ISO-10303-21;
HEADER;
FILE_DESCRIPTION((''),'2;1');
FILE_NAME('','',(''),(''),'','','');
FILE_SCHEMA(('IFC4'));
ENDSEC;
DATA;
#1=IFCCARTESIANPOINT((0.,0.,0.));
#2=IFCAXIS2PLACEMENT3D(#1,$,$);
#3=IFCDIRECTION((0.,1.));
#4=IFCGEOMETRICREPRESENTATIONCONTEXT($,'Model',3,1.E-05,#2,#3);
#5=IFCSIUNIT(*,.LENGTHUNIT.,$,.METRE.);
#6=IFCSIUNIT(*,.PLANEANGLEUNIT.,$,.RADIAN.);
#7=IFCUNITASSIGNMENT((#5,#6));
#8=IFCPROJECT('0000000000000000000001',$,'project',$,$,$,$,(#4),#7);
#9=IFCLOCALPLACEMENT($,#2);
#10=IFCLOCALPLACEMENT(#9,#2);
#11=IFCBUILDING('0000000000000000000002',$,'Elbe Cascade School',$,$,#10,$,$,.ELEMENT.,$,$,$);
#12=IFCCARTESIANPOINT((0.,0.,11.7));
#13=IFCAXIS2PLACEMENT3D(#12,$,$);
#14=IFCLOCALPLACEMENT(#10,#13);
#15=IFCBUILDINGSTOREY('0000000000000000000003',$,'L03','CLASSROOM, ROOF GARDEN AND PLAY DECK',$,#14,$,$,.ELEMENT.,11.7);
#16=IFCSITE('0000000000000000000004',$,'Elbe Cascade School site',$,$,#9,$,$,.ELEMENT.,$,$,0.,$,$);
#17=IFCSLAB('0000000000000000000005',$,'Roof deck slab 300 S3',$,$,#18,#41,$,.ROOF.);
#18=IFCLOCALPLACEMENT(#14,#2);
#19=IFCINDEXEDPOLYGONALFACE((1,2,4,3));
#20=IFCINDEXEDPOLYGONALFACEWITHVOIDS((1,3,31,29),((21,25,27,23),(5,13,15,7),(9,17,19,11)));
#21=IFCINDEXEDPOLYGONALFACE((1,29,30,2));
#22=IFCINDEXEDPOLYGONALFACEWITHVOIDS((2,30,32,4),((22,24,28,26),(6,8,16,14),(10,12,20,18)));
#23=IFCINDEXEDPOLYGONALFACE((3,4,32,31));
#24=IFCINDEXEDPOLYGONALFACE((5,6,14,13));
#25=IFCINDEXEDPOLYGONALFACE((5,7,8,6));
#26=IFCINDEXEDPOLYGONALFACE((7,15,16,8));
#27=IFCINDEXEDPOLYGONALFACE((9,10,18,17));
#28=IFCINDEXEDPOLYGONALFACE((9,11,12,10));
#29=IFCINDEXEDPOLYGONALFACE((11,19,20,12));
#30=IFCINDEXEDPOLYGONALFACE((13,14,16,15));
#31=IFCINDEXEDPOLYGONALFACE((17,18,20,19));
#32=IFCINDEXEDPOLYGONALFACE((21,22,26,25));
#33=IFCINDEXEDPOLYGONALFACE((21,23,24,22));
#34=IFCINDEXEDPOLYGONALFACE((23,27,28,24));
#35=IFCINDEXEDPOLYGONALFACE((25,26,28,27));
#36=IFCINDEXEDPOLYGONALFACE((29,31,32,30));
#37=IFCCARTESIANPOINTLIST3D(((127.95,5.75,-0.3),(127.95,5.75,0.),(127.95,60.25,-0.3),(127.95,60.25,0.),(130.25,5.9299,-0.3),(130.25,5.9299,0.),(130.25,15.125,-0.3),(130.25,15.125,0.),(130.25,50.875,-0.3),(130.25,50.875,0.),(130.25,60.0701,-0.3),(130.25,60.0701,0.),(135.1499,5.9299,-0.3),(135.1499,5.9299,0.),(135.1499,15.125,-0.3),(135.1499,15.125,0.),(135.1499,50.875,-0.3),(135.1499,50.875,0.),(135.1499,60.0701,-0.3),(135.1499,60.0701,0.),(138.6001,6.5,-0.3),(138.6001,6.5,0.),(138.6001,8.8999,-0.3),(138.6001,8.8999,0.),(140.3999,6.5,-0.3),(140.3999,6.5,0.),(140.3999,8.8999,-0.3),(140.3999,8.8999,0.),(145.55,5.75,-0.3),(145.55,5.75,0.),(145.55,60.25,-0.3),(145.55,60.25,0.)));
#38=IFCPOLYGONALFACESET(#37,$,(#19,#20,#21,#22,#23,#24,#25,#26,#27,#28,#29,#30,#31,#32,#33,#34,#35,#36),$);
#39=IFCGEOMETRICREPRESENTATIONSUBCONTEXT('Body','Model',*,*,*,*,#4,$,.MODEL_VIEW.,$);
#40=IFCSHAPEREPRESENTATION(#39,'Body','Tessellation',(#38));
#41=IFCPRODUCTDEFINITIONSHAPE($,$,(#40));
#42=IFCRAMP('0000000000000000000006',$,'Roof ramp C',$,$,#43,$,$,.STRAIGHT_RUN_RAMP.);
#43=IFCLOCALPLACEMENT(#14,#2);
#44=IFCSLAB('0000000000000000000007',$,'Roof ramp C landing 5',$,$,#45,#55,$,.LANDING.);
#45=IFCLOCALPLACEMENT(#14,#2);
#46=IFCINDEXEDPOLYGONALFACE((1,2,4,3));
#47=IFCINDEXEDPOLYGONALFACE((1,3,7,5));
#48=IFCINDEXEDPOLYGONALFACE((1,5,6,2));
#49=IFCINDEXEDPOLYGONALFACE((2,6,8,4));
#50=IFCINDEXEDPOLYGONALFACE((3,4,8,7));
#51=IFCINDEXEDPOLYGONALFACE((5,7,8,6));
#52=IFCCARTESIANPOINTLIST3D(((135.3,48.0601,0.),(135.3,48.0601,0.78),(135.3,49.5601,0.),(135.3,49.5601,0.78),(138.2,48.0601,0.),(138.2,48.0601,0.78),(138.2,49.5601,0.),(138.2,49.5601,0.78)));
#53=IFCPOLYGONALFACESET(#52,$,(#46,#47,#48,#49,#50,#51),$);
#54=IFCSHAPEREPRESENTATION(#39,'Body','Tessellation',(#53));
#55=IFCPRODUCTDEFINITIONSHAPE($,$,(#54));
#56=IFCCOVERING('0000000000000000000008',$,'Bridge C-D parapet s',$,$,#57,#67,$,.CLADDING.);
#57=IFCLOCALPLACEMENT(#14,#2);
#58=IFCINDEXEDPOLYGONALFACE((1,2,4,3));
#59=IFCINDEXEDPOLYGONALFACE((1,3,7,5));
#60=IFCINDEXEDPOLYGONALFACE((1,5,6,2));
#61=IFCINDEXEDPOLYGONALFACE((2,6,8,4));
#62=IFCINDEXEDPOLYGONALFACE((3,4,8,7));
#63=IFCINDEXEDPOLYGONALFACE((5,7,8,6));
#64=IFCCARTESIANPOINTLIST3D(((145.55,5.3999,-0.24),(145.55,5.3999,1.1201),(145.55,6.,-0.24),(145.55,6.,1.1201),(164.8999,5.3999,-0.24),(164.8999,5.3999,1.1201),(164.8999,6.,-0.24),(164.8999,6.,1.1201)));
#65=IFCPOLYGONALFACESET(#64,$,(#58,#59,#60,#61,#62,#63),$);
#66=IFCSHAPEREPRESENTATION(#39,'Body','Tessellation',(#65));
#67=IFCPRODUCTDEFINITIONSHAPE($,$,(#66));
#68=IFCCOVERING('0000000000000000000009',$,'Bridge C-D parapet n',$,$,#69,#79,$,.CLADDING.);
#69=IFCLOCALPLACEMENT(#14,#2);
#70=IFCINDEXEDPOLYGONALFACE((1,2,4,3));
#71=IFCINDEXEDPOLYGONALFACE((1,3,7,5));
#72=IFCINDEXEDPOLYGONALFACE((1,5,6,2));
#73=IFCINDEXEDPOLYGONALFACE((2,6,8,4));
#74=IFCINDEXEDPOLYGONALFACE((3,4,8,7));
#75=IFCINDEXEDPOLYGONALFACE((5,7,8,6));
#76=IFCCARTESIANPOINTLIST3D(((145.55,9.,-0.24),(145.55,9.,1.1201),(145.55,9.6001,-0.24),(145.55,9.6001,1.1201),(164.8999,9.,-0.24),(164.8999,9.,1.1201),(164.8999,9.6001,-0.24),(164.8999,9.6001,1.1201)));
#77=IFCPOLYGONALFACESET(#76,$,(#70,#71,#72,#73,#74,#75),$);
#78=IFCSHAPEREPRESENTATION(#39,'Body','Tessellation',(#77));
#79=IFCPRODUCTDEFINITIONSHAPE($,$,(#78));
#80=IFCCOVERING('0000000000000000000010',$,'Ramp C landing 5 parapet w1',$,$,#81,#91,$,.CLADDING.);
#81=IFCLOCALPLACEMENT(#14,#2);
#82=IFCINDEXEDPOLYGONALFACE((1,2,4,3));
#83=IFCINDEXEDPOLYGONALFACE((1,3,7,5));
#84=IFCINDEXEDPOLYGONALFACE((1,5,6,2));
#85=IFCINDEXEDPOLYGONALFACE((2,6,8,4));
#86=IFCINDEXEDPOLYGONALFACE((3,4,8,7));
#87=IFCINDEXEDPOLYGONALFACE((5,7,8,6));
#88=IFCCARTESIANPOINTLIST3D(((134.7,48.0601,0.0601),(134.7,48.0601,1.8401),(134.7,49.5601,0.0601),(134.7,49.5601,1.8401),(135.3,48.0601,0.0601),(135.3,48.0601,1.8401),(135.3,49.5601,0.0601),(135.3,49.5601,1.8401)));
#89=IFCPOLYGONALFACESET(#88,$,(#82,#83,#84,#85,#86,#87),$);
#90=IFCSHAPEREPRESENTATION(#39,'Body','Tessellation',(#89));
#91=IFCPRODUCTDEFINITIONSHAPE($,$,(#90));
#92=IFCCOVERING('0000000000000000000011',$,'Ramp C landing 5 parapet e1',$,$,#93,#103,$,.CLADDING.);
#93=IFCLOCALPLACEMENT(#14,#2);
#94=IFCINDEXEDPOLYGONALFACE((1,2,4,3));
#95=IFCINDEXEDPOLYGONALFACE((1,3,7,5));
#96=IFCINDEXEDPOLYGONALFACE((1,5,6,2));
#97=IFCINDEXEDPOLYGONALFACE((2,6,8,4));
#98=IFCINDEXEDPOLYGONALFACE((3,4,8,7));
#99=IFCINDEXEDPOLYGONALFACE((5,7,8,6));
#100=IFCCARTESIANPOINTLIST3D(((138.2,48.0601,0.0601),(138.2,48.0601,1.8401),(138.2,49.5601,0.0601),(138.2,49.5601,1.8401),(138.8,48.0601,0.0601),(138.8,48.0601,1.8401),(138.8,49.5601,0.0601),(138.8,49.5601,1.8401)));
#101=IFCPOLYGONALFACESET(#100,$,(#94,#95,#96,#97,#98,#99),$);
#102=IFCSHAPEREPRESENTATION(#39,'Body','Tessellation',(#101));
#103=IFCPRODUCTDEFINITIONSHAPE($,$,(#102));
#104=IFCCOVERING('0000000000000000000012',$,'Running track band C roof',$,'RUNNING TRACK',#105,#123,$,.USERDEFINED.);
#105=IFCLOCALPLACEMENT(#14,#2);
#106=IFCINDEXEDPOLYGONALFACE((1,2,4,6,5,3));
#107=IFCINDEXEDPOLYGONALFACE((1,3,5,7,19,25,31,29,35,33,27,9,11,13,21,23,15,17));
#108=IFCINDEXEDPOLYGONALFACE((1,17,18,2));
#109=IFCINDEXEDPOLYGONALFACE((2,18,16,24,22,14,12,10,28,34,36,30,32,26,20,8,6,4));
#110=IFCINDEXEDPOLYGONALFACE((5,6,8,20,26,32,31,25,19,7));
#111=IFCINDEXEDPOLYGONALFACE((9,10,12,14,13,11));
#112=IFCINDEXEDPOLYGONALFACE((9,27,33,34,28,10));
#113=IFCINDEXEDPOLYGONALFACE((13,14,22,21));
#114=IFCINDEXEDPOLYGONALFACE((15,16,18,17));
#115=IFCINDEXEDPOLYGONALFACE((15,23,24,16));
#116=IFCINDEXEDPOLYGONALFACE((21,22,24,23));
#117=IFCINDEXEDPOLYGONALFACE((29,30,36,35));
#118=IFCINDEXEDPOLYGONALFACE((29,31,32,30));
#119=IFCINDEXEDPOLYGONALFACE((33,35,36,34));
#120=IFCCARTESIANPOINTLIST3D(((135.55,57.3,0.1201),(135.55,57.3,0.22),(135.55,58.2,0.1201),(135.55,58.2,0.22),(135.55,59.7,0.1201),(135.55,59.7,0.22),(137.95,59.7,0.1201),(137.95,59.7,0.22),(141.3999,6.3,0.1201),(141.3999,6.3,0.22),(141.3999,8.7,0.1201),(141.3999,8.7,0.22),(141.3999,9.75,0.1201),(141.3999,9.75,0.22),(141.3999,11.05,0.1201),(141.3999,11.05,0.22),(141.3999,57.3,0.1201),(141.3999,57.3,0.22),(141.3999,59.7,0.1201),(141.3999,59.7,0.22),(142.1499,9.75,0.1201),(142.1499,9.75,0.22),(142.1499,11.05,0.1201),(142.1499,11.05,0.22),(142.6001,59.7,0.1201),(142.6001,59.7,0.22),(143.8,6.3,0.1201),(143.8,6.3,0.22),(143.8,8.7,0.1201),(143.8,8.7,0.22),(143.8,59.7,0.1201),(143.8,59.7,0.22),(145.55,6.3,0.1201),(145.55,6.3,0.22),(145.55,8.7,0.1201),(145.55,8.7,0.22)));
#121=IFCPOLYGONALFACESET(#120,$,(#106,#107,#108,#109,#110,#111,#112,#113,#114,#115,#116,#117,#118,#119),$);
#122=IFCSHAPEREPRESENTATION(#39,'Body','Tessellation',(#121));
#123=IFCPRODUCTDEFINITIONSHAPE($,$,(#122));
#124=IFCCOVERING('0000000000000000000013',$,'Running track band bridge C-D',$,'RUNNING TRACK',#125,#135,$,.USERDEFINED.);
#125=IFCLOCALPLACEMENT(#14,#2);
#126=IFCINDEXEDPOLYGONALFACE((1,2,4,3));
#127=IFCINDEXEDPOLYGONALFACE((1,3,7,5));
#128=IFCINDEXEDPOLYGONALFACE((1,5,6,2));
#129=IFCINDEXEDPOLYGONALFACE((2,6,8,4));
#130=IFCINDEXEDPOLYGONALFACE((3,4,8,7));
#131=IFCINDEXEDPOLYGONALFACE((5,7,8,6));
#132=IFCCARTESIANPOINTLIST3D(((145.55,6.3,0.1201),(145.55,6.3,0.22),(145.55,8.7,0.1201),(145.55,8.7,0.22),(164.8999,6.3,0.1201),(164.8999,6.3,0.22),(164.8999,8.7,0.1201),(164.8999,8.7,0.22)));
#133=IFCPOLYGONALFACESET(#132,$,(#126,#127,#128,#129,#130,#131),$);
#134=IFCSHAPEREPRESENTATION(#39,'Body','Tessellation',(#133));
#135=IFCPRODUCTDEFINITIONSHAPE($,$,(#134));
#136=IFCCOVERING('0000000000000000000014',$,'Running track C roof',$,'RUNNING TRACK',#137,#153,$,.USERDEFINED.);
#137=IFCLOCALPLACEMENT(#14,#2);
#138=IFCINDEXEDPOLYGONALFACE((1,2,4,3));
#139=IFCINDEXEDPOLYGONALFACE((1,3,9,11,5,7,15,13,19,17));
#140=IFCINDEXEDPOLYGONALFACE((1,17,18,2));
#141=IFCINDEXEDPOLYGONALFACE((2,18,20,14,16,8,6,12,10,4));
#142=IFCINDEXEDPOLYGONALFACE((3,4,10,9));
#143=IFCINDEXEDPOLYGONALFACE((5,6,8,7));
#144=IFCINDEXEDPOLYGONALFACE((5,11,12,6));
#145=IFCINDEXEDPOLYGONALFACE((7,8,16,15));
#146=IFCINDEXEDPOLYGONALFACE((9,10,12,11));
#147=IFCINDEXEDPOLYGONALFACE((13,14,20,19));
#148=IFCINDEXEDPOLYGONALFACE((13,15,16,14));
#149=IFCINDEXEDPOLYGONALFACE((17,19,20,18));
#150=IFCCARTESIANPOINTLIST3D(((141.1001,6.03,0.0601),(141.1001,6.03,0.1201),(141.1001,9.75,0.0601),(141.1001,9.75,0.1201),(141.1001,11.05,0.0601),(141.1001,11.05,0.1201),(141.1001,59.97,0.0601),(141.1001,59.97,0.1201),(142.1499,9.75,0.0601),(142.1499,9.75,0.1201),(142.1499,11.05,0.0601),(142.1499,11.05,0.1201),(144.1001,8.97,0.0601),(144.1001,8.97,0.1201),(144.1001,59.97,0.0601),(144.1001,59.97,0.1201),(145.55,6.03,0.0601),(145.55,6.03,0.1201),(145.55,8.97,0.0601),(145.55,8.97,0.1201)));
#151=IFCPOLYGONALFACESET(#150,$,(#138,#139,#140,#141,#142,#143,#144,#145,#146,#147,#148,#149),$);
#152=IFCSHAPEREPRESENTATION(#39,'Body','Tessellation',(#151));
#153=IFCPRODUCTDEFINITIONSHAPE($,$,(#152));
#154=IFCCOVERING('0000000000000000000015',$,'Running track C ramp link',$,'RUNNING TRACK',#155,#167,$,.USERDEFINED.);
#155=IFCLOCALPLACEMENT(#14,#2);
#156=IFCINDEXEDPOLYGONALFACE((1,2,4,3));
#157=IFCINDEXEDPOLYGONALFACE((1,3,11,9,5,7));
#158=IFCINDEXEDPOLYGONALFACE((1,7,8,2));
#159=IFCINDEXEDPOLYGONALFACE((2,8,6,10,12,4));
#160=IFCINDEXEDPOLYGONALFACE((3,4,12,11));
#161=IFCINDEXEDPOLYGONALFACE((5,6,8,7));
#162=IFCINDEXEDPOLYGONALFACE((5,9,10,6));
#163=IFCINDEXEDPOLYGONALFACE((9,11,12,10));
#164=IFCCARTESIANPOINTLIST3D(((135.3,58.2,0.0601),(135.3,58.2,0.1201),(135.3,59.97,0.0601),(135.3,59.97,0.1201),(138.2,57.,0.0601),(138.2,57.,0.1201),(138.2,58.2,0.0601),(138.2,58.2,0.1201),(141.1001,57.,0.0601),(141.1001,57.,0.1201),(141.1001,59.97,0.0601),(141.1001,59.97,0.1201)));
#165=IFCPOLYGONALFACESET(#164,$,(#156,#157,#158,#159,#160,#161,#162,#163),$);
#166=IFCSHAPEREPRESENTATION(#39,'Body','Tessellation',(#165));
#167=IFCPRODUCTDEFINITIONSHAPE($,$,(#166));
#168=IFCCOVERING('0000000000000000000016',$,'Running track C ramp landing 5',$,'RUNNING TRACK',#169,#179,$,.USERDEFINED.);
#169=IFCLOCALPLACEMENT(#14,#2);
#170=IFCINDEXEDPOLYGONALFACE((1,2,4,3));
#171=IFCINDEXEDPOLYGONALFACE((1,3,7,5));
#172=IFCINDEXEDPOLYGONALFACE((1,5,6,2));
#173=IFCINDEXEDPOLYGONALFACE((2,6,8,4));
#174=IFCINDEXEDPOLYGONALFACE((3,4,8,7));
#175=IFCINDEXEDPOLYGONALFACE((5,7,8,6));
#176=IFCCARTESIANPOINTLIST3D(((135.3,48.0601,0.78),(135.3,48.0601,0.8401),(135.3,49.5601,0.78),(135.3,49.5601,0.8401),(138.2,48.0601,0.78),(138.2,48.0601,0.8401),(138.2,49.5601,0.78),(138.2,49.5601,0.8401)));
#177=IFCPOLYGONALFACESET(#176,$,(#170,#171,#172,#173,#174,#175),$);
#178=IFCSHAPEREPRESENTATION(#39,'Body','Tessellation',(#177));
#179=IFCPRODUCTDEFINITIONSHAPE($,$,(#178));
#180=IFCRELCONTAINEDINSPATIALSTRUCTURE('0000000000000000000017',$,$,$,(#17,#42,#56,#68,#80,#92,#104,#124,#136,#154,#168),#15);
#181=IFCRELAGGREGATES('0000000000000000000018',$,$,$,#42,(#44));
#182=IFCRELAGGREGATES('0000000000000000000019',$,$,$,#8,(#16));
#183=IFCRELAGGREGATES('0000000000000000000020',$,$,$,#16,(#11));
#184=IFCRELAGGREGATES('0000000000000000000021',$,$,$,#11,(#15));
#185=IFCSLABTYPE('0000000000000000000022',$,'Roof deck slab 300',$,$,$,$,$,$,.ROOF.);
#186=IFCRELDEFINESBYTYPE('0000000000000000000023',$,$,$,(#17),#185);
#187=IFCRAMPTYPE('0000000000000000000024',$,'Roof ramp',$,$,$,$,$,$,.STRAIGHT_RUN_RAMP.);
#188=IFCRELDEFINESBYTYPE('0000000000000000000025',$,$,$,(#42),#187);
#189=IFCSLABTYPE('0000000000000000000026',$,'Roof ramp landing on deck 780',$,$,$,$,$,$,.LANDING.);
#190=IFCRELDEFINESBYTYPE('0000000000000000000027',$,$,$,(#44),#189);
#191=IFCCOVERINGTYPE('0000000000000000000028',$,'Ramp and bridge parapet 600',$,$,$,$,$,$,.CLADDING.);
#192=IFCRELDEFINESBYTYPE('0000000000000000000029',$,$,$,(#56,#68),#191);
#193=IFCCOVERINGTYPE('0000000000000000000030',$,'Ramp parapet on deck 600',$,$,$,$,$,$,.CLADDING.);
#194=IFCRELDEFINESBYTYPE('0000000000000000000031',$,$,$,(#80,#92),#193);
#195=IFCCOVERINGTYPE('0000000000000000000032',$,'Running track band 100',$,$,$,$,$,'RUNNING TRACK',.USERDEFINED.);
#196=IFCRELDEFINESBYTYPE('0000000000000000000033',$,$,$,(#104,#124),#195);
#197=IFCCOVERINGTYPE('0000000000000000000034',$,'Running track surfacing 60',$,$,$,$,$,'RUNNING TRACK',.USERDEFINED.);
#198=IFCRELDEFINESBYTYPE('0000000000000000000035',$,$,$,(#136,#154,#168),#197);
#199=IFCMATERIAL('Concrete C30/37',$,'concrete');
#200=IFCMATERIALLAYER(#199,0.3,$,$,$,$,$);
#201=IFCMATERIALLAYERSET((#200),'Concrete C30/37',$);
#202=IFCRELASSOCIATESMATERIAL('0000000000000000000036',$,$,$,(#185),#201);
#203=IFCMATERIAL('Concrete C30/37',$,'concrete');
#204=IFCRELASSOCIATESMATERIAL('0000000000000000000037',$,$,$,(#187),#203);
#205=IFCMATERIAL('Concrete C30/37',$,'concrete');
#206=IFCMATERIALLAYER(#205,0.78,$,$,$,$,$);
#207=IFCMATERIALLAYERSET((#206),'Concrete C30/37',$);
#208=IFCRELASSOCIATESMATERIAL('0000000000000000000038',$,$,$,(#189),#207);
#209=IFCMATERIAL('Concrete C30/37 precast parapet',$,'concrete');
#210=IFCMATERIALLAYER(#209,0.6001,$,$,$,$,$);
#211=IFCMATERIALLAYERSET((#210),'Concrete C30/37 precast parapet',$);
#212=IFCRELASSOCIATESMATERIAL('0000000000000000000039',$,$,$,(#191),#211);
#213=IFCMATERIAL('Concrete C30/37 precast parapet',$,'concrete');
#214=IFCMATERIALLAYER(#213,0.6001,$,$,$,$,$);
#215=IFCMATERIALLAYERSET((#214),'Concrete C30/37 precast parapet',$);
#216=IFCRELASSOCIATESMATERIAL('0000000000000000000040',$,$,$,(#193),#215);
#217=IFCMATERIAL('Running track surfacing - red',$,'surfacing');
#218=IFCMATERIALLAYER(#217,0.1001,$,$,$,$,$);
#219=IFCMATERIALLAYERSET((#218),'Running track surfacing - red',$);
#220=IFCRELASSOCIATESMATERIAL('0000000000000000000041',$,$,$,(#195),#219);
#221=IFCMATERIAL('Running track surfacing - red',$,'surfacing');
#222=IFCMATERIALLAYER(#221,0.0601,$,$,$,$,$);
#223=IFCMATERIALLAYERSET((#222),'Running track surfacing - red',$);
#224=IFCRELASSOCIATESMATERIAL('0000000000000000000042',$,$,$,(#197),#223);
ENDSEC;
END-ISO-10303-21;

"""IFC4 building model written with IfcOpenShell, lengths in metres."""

from ifc_helpers import new_model, si_unit, direction, frame, origin, place, context, subcontext, project, spatial, polyline, outline, extrude, material, layer, layer_set, type_object, element, aggregate, save


model = new_model("IFC4")

# Units and contexts
model_context = context("Model", 3, precision=1e-05, world=origin(), true_north=direction((0.0, 1.0)))
body_context = subcontext(model_context, "Body", "Model", "MODEL_VIEW")
ifc_project = project(units=[si_unit("LENGTHUNIT", "METRE"), si_unit("PLANEANGLEUNIT", "RADIAN")], contexts=[model_context])

# Site, building, storey
site_placement = place(None, origin())
site = spatial("IfcSite", under=ifc_project, at=site_placement, Name="Elbe Cascade School site", CompositionType="ELEMENT", RefElevation=0.0)
building_placement = place(site_placement, origin())
building = spatial("IfcBuilding", under=site, at=building_placement, Name="Elbe Cascade School", CompositionType="ELEMENT")
storey_placement = place(building_placement, frame((0.0, 0.0, 11.7)))
storey = spatial("IfcBuildingStorey", under=building, at=storey_placement, Name="L03", Description="CLASSROOM, ROOF GARDEN AND PLAY DECK", CompositionType="ELEMENT", Elevation=11.7)

# Slab
ifc_material_1 = material(Name="Concrete C30/37", Category="concrete")
ifc_layer_1 = layer(ifc_material_1, 0.3)
ifc_layer_set_1 = layer_set([ifc_layer_1], Name="Concrete C30/37")
slab_type_1 = type_object("IfcSlabType", Name="Roof deck slab 300", PredefinedType="ROOF", material=ifc_layer_set_1)
slab_1_placement = place(storey_placement, frame((0.0, 0.0, -0.3)))
element("IfcSlab", 1, at=slab_1_placement, inside=storey, type_object=slab_type_1, Name="Roof deck slab 300 S3", PredefinedType="ROOF", context=body_context, shape_type="SweptSolid", body=[
    extrude(outline(polyline([(127.95, 5.75), (145.55, 5.75), (145.55, 60.25), (127.95, 60.25), (127.95, 5.75)]), holes=[polyline([(130.25, 5.9299), (135.1499, 5.9299), (135.1499, 15.125), (130.25, 15.125), (130.25, 5.9299)]), polyline([(138.6001, 6.5), (140.3999, 6.5), (140.3999, 8.8999), (138.6001, 8.8999), (138.6001, 6.5)]), polyline([(130.25, 50.875), (135.1499, 50.875), (135.1499, 60.0701), (130.25, 60.0701), (130.25, 50.875)])]), origin(), (0.0, 0.0, 1.0), 0.3),
])

# Ramp, slab
ifc_material_2 = material(Name="Concrete C30/37", Category="concrete")
ramp_type = type_object("IfcRampType", Name="Roof ramp", PredefinedType="STRAIGHT_RUN_RAMP", material=ifc_material_2)
ramp_placement = place(storey_placement, origin())
ramp = element("IfcRamp", 2, at=ramp_placement, inside=storey, type_object=ramp_type, Name="Roof ramp C", PredefinedType="STRAIGHT_RUN_RAMP")
ifc_material_3 = material(Name="Concrete C30/37", Category="concrete")
ifc_layer_2 = layer(ifc_material_3, 0.78)
ifc_layer_set_2 = layer_set([ifc_layer_2], Name="Concrete C30/37")
slab_type_2 = type_object("IfcSlabType", Name="Roof ramp landing on deck 780", PredefinedType="LANDING", material=ifc_layer_set_2)
slab_2_placement = place(storey_placement, origin())
slab_2 = element("IfcSlab", 3, at=slab_2_placement, type_object=slab_type_2, Name="Roof ramp C landing 5", PredefinedType="LANDING", context=body_context, shape_type="SweptSolid", body=[
    extrude(outline(polyline([(138.2, 48.0601), (138.2, 49.5601), (135.3, 49.5601), (135.3, 48.0601), (138.2, 48.0601)])), origin(), (0.0, 0.0, 1.0), 0.78),
])
aggregate(ramp, [slab_2])

# Coverings
ifc_material_4 = material(Name="Concrete C30/37 precast parapet", Category="concrete")
ifc_layer_3 = layer(ifc_material_4, 0.6001)
ifc_layer_set_3 = layer_set([ifc_layer_3], Name="Concrete C30/37 precast parapet")
covering_type_1 = type_object("IfcCoveringType", Name="Ramp and bridge parapet 600", PredefinedType="CLADDING", material=ifc_layer_set_3)
covering_1_placement = place(storey_placement, frame((0.0, 0.0, -0.24)))
element("IfcCovering", 4, at=covering_1_placement, inside=storey, type_object=covering_type_1, Name="Bridge C-D parapet s", PredefinedType="CLADDING", context=body_context, shape_type="SweptSolid", body=[
    extrude(outline(polyline([(145.55, 5.3999), (164.8999, 5.3999), (164.8999, 6.0), (145.55, 6.0), (145.55, 5.3999)])), origin(), (0.0, 0.0, 1.0), 1.3601),
])
covering_2_placement = place(storey_placement, frame((0.0, 0.0, -0.24)))
element("IfcCovering", 5, at=covering_2_placement, inside=storey, type_object=covering_type_1, Name="Bridge C-D parapet n", PredefinedType="CLADDING", context=body_context, shape_type="SweptSolid", body=[
    extrude(outline(polyline([(145.55, 9.0), (164.8999, 9.0), (164.8999, 9.6001), (145.55, 9.6001), (145.55, 9.0)])), origin(), (0.0, 0.0, 1.0), 1.3601),
])
ifc_material_5 = material(Name="Concrete C30/37 precast parapet", Category="concrete")
ifc_layer_4 = layer(ifc_material_5, 0.6001)
ifc_layer_set_4 = layer_set([ifc_layer_4], Name="Concrete C30/37 precast parapet")
covering_type_2 = type_object("IfcCoveringType", Name="Ramp parapet on deck 600", PredefinedType="CLADDING", material=ifc_layer_set_4)
covering_3_placement = place(storey_placement, frame((0.0, 0.0, 0.0601)))
element("IfcCovering", 6, at=covering_3_placement, inside=storey, type_object=covering_type_2, Name="Ramp C landing 5 parapet w1", PredefinedType="CLADDING", context=body_context, shape_type="SweptSolid", body=[
    extrude(outline(polyline([(134.7, 48.0601), (135.3, 48.0601), (135.3, 49.5601), (134.7, 49.5601), (134.7, 48.0601)])), origin(), (0.0, 0.0, 1.0), 1.78),
])
covering_4_placement = place(storey_placement, frame((0.0, 0.0, 0.0601)))
element("IfcCovering", 7, at=covering_4_placement, inside=storey, type_object=covering_type_2, Name="Ramp C landing 5 parapet e1", PredefinedType="CLADDING", context=body_context, shape_type="SweptSolid", body=[
    extrude(outline(polyline([(138.2, 48.0601), (138.8, 48.0601), (138.8, 49.5601), (138.2, 49.5601), (138.2, 48.0601)])), origin(), (0.0, 0.0, 1.0), 1.78),
])
ifc_material_6 = material(Name="Running track surfacing - red", Category="surfacing")
ifc_layer_5 = layer(ifc_material_6, 0.1001)
ifc_layer_set_5 = layer_set([ifc_layer_5], Name="Running track surfacing - red")
covering_type_3 = type_object("IfcCoveringType", Name="Running track band 100", ElementType="RUNNING TRACK", PredefinedType="USERDEFINED", material=ifc_layer_set_5)
covering_5_placement = place(storey_placement, frame((0.0, 0.0, 0.1201)))
element("IfcCovering", 8, at=covering_5_placement, inside=storey, type_object=covering_type_3, Name="Running track band C roof", ObjectType="RUNNING TRACK", PredefinedType="USERDEFINED", context=body_context, shape_type="SweptSolid", body=[
    extrude(outline(polyline([(143.8, 6.3), (141.3999, 6.3), (141.3999, 8.7), (141.3999, 9.75), (142.1499, 9.75), (142.1499, 11.05), (141.3999, 11.05), (141.3999, 57.3), (135.55, 57.3), (135.55, 58.2), (135.55, 59.7), (137.95, 59.7), (141.3999, 59.7), (142.6001, 59.7), (143.8, 59.7), (143.8, 8.7), (145.55, 8.7), (145.55, 6.3), (143.8, 6.3)])), origin(), (0.0, 0.0, 1.0), 0.0999),
])
covering_6_placement = place(storey_placement, frame((0.0, 0.0, 0.1201)))
element("IfcCovering", 9, at=covering_6_placement, inside=storey, type_object=covering_type_3, Name="Running track band bridge C-D", ObjectType="RUNNING TRACK", PredefinedType="USERDEFINED", context=body_context, shape_type="SweptSolid", body=[
    extrude(outline(polyline([(164.8999, 6.3), (164.8999, 8.7), (145.55, 8.7), (145.55, 6.3), (164.8999, 6.3)])), origin(), (0.0, 0.0, 1.0), 0.0999),
])
ifc_material_7 = material(Name="Running track surfacing - red", Category="surfacing")
ifc_layer_6 = layer(ifc_material_7, 0.0601)
ifc_layer_set_6 = layer_set([ifc_layer_6], Name="Running track surfacing - red")
covering_type_4 = type_object("IfcCoveringType", Name="Running track surfacing 60", ElementType="RUNNING TRACK", PredefinedType="USERDEFINED", material=ifc_layer_set_6)
covering_7_placement = place(storey_placement, frame((0.0, 0.0, 0.0601)))
element("IfcCovering", 10, at=covering_7_placement, inside=storey, type_object=covering_type_4, Name="Running track C roof", ObjectType="RUNNING TRACK", PredefinedType="USERDEFINED", context=body_context, shape_type="SweptSolid", body=[
    extrude(outline(polyline([(141.1001, 59.97), (144.1001, 59.97), (144.1001, 8.97), (145.55, 8.97), (145.55, 6.03), (141.1001, 6.03), (141.1001, 9.75), (142.1499, 9.75), (142.1499, 11.05), (141.1001, 11.05), (141.1001, 59.97)])), origin(), (0.0, 0.0, 1.0), 0.0601),
])
covering_8_placement = place(storey_placement, frame((0.0, 0.0, 0.0601)))
element("IfcCovering", 11, at=covering_8_placement, inside=storey, type_object=covering_type_4, Name="Running track C ramp link", ObjectType="RUNNING TRACK", PredefinedType="USERDEFINED", context=body_context, shape_type="SweptSolid", body=[
    extrude(outline(polyline([(135.3, 58.2), (138.2, 58.2), (138.2, 57.0), (141.1001, 57.0), (141.1001, 59.97), (135.3, 59.97), (135.3, 58.2)])), origin(), (0.0, 0.0, 1.0), 0.0601),
])
covering_9_placement = place(storey_placement, frame((0.0, 0.0, 0.78)))
element("IfcCovering", 12, at=covering_9_placement, inside=storey, type_object=covering_type_4, Name="Running track C ramp landing 5", ObjectType="RUNNING TRACK", PredefinedType="USERDEFINED", context=body_context, shape_type="SweptSolid", body=[
    extrude(outline(polyline([(138.2, 48.0601), (138.2, 49.5601), (135.3, 49.5601), (135.3, 48.0601), (138.2, 48.0601)])), origin(), (0.0, 0.0, 1.0), 0.0601),
])

save(model, "model.ifc")
